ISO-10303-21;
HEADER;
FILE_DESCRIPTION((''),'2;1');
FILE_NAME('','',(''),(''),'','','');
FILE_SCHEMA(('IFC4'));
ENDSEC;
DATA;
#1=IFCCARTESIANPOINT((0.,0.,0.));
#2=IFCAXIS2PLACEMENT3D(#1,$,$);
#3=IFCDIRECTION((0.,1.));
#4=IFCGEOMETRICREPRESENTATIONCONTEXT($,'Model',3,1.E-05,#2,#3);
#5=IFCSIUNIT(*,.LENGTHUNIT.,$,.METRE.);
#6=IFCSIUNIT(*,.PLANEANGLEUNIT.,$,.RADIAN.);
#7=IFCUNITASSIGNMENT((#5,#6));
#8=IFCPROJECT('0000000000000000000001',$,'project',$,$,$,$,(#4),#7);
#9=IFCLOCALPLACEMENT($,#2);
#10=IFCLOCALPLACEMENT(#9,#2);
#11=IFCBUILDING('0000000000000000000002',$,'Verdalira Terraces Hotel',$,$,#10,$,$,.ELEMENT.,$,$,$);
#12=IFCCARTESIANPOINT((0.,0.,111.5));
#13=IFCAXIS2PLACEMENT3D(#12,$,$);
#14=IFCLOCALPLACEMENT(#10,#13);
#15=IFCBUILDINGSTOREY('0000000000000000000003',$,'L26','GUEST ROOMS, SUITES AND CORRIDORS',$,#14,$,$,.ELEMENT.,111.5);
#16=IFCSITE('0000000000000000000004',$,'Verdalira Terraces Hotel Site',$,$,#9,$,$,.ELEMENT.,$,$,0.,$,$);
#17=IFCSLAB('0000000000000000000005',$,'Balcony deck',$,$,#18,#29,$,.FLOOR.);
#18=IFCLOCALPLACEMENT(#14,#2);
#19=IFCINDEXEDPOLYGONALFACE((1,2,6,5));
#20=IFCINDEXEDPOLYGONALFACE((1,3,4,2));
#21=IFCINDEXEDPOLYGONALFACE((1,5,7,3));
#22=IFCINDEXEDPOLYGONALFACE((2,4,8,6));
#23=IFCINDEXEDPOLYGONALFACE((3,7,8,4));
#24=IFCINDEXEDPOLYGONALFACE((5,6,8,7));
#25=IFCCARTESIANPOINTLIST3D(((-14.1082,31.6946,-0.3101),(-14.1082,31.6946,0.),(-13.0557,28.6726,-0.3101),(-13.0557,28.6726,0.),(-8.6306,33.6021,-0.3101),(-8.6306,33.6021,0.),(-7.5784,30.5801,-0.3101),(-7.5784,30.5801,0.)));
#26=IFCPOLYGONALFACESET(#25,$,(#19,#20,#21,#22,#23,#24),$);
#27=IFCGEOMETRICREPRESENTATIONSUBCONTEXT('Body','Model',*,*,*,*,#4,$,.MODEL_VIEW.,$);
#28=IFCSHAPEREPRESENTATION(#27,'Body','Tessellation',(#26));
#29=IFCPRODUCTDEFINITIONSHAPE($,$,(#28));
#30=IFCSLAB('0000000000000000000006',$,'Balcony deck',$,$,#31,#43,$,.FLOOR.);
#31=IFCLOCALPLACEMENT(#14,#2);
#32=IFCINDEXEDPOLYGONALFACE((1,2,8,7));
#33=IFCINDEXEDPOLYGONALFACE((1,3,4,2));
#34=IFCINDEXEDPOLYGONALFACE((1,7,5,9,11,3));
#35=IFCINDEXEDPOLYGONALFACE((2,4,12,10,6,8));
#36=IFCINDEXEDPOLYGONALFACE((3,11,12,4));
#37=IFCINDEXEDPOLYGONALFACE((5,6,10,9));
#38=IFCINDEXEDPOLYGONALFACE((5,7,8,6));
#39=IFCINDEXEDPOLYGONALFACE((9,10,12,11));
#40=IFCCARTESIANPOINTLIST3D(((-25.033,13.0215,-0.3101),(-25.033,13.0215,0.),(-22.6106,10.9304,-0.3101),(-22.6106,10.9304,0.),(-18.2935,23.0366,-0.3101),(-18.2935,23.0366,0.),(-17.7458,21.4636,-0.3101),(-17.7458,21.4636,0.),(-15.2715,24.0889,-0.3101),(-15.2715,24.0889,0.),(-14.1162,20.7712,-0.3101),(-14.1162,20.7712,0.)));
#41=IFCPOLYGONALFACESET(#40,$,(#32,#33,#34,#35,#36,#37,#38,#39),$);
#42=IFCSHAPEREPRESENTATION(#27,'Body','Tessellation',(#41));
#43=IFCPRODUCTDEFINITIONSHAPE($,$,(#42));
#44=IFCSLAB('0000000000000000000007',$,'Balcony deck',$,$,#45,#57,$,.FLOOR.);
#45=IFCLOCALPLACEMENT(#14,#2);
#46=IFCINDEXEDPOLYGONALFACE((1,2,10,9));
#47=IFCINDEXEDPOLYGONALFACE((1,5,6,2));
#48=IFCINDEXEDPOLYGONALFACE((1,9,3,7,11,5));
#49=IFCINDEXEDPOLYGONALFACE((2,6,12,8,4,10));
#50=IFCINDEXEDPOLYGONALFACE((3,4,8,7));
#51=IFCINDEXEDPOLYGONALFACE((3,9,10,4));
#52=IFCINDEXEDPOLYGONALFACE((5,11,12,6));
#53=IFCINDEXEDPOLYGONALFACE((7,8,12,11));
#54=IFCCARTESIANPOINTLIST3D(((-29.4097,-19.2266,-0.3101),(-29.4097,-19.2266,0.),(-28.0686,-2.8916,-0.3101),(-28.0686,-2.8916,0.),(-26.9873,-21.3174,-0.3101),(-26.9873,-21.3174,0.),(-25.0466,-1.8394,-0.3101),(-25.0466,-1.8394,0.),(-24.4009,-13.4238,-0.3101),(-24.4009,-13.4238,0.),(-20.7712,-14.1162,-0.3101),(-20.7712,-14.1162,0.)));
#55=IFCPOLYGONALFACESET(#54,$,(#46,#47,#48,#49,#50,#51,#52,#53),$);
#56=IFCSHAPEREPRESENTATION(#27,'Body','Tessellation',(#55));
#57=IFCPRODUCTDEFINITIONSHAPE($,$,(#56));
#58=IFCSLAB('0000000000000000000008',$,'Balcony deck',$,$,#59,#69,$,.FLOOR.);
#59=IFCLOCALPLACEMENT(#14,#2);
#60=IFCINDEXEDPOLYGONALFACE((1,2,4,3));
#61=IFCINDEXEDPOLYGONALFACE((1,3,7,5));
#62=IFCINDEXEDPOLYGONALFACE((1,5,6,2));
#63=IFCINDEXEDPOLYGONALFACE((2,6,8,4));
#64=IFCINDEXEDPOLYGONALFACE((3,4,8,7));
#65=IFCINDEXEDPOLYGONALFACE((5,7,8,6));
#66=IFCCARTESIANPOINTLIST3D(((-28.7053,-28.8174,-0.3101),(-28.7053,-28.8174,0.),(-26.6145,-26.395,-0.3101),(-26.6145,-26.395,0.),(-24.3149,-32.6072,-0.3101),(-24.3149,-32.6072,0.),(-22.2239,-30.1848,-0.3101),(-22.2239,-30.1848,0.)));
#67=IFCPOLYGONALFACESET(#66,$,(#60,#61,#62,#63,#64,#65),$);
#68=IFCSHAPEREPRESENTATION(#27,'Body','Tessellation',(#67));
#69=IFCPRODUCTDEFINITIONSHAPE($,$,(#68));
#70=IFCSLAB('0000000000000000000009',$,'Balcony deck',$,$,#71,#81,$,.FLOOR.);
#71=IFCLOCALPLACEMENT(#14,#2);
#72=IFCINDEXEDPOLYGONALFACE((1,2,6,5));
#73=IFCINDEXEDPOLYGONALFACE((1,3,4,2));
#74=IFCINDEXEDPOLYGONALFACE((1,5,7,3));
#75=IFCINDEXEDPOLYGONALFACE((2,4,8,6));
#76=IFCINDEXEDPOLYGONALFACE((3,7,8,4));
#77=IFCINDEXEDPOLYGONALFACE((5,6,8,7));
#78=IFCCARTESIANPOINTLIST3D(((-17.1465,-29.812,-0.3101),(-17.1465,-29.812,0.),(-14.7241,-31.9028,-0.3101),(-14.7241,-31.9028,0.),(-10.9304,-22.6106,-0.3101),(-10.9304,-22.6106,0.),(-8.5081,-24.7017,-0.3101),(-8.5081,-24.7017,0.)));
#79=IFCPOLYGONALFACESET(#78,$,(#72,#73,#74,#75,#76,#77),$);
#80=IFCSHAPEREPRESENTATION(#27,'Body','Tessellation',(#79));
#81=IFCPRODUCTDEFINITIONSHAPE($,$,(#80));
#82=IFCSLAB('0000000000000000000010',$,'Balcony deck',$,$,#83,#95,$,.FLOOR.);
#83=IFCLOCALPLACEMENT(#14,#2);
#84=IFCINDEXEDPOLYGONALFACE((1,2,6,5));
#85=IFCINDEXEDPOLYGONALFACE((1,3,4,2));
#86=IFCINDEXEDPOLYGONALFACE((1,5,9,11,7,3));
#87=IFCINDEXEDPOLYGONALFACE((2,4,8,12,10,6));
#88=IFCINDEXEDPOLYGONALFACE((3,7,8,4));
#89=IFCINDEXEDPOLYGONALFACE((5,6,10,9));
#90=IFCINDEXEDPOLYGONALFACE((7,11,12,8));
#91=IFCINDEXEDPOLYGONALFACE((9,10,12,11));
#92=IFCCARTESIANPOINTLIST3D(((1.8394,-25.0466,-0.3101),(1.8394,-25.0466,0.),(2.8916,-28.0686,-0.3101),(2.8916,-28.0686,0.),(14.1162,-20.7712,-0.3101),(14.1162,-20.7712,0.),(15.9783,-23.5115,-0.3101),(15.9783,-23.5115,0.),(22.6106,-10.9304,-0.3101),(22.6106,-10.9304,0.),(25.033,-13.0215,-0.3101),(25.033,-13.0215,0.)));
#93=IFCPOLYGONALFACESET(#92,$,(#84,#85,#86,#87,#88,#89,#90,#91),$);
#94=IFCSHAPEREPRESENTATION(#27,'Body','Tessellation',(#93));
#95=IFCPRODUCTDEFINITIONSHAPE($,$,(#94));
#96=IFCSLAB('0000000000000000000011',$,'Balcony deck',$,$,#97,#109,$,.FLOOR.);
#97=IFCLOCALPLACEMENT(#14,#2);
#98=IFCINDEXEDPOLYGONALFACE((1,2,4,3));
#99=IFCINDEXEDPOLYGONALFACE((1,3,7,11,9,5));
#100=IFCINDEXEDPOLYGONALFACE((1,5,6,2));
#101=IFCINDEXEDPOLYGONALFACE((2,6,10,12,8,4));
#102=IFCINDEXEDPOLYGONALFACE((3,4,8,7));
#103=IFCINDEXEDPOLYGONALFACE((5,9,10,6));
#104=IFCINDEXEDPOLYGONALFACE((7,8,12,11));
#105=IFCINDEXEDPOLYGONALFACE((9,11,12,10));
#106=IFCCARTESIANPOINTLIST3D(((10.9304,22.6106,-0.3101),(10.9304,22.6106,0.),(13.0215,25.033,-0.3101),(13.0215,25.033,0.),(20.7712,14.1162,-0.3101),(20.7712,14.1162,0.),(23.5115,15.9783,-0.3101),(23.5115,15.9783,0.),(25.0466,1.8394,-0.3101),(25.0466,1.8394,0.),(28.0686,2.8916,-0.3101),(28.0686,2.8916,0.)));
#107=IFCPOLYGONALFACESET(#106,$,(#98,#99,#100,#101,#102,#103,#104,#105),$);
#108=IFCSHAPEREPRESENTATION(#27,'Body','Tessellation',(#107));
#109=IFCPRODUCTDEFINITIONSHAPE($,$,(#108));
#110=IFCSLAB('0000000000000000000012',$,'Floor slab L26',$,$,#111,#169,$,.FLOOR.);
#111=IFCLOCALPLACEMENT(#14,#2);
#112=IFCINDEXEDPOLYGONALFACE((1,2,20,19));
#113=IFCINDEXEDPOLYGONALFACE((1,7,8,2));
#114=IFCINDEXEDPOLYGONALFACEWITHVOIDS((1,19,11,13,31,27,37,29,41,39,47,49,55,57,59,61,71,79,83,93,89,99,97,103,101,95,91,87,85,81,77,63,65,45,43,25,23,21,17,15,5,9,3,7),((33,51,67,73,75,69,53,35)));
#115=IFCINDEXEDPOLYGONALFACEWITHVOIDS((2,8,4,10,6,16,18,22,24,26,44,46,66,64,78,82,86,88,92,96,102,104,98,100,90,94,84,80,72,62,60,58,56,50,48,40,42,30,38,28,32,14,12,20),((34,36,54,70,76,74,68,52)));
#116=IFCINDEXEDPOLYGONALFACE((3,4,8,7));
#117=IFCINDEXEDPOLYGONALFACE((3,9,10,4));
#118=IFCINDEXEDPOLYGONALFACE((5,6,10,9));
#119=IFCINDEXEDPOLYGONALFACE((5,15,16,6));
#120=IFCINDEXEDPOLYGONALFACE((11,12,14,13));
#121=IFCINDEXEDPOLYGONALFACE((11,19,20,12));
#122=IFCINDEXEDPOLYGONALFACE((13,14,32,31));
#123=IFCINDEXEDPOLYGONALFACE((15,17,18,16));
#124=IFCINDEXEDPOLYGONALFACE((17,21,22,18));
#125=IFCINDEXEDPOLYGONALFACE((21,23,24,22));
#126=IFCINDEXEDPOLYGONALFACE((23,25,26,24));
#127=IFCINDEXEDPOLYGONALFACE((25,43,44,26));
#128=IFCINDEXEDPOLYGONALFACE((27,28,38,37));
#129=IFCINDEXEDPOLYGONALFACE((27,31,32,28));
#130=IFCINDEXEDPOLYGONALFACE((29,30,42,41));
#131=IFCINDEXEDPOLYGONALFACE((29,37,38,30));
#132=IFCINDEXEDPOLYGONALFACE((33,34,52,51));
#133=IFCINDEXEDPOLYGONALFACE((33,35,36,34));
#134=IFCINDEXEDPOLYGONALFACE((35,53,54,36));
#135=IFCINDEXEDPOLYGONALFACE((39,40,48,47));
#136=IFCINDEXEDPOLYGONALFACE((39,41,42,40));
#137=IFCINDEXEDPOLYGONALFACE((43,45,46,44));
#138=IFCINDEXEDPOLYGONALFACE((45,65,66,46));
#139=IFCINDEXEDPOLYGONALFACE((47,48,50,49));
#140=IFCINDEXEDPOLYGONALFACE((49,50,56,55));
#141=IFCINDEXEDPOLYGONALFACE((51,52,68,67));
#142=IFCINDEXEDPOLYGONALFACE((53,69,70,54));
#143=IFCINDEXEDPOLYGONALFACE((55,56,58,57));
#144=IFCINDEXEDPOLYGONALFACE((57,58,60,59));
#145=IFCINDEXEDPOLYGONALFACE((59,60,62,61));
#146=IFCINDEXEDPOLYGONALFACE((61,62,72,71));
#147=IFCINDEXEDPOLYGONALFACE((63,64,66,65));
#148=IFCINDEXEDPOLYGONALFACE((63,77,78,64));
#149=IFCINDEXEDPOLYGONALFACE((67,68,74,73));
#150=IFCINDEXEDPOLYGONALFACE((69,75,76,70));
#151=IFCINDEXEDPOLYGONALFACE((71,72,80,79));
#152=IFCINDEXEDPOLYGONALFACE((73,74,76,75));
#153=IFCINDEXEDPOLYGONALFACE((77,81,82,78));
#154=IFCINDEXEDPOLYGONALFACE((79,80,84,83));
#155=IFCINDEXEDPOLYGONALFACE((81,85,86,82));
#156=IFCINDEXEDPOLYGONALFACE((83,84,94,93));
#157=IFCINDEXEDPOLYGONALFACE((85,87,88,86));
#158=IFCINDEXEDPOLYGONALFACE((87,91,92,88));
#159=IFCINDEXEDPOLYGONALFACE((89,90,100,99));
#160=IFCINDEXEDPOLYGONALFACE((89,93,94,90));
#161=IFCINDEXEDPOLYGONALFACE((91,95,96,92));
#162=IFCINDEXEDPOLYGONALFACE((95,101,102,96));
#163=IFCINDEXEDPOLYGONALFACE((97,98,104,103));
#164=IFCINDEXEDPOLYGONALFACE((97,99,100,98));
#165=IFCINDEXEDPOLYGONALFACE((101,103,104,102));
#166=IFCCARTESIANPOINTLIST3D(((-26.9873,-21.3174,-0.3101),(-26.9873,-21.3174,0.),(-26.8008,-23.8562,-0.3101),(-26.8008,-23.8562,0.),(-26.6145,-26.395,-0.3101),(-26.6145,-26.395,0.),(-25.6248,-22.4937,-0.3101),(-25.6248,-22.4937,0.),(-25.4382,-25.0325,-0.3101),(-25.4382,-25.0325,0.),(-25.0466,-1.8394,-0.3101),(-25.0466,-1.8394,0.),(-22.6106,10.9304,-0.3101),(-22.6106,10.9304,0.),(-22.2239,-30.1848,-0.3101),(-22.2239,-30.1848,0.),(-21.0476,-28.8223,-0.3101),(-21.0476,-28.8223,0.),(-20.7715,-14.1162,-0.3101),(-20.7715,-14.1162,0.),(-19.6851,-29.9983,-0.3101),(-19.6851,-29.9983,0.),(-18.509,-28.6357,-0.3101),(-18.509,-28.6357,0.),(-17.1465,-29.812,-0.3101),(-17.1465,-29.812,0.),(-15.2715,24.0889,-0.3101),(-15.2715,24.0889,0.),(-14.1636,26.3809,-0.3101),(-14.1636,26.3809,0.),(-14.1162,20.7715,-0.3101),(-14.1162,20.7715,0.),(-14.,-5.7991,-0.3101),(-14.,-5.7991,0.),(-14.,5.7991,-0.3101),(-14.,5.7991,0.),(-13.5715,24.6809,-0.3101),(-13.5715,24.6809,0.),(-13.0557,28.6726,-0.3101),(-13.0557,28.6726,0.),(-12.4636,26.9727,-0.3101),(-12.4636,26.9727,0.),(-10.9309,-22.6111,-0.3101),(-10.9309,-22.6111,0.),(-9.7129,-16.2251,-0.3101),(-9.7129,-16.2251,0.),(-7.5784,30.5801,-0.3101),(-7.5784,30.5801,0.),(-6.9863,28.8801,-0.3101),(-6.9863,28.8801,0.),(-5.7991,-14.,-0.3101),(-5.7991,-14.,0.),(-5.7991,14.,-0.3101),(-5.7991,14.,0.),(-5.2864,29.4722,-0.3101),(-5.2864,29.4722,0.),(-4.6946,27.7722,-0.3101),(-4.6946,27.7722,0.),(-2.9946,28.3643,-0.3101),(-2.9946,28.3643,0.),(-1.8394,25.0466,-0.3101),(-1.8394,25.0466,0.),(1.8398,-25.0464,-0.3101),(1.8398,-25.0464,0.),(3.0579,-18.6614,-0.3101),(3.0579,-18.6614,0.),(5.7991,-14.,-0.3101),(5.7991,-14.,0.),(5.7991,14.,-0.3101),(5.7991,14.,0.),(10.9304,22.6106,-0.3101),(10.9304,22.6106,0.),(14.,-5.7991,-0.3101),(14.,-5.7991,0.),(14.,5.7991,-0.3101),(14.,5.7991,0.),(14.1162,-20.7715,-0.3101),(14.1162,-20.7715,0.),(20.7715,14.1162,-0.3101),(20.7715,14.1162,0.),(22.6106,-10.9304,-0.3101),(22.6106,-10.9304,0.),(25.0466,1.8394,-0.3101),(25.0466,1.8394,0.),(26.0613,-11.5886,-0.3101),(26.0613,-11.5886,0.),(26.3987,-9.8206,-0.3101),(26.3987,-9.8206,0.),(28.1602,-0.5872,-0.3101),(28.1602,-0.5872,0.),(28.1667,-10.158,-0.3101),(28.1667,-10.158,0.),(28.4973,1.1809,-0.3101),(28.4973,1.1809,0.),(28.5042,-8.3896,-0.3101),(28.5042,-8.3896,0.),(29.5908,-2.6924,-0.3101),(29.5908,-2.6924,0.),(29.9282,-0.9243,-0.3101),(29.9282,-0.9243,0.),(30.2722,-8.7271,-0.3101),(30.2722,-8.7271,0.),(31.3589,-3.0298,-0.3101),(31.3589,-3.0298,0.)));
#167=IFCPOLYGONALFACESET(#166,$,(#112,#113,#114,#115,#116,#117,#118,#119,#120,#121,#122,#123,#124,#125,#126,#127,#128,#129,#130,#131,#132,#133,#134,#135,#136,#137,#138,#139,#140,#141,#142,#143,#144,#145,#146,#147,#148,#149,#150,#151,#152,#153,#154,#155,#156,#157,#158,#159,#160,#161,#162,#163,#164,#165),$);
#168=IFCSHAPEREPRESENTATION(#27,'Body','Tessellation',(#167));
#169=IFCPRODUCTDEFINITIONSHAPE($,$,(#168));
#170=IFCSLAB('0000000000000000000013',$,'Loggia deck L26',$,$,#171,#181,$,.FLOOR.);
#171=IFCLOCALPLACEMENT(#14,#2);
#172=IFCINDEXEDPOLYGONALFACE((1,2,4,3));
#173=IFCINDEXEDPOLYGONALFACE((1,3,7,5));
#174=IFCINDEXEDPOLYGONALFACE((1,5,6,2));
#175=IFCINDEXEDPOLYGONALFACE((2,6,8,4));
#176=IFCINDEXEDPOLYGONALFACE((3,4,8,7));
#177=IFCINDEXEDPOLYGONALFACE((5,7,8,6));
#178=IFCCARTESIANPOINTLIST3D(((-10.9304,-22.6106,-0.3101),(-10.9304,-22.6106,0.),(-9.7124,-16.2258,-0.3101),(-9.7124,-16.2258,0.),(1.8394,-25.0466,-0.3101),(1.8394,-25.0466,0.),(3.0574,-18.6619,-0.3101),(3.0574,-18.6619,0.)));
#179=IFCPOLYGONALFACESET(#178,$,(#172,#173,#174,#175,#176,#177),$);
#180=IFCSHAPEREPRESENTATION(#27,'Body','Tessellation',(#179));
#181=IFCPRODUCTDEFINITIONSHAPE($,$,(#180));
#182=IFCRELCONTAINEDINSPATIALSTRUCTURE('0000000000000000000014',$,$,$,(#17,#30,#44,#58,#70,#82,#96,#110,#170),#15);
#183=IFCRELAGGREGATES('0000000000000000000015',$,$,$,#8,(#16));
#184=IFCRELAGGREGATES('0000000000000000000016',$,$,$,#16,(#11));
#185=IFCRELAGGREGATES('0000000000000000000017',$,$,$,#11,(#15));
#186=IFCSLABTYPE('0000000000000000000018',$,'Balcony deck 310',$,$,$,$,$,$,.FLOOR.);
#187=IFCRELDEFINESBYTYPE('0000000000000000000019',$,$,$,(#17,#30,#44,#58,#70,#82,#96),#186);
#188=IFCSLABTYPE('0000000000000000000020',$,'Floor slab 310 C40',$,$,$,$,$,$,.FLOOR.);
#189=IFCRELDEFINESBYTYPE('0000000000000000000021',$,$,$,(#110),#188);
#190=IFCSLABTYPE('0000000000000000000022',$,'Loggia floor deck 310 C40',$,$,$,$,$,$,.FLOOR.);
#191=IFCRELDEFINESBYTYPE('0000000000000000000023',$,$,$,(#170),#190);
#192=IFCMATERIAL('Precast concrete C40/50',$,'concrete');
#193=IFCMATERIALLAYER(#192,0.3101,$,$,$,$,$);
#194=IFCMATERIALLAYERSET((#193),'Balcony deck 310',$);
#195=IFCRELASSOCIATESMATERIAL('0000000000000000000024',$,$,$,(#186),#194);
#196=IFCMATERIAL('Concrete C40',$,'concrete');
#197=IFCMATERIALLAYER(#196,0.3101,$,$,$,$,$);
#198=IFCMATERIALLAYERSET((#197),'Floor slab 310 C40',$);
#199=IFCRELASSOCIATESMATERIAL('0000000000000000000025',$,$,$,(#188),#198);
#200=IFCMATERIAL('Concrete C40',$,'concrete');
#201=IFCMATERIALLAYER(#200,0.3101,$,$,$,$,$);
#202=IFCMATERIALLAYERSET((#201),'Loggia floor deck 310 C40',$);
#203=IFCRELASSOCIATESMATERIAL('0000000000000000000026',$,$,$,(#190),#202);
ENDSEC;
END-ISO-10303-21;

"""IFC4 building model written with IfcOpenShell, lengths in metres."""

from ifc_helpers import new_model, si_unit, direction, frame, origin, place, context, subcontext, project, spatial, polyline, outline, extrude, material, layer, layer_set, type_object, element, save


model = new_model("IFC4")

# Units and contexts
model_context = context("Model", 3, precision=1e-05, world=origin(), true_north=direction((0.0, 1.0)))
body_context = subcontext(model_context, "Body", "Model", "MODEL_VIEW")
ifc_project = project(units=[si_unit("LENGTHUNIT", "METRE"), si_unit("PLANEANGLEUNIT", "RADIAN")], contexts=[model_context])

# Site, building, storey
site_placement = place(None, origin())
site = spatial("IfcSite", under=ifc_project, at=site_placement, Name="Verdalira Terraces Hotel Site", CompositionType="ELEMENT", RefElevation=0.0)
building_placement = place(site_placement, origin())
building = spatial("IfcBuilding", under=site, at=building_placement, Name="Verdalira Terraces Hotel", CompositionType="ELEMENT")
storey_placement = place(building_placement, frame((0.0, 0.0, 111.5)))
storey = spatial("IfcBuildingStorey", under=building, at=storey_placement, Name="L26", Description="GUEST ROOMS, SUITES AND CORRIDORS", CompositionType="ELEMENT", Elevation=111.5)

# Slabs
ifc_material_1 = material(Name="Precast concrete C40/50", Category="concrete")
ifc_layer_1 = layer(ifc_material_1, 0.3101)
ifc_layer_set_1 = layer_set([ifc_layer_1], Name="Balcony deck 310")
slab_type_1 = type_object("IfcSlabType", Name="Balcony deck 310", PredefinedType="FLOOR", material=ifc_layer_set_1)
slab_1_placement = place(storey_placement, frame((0.0, 0.0, -0.3101)))
element("IfcSlab", 1, at=slab_1_placement, inside=storey, type_object=slab_type_1, Name="Balcony deck", PredefinedType="FLOOR", context=body_context, shape_type="SweptSolid", body=[
    extrude(outline(polyline([(-14.1082, 31.6946), (-13.0557, 28.6726), (-7.5784, 30.5801), (-8.6306, 33.6021), (-14.1082, 31.6946)])), origin(), (0.0, 0.0, 1.0), 0.3101),
])
slab_2_placement = place(storey_placement, frame((0.0, 0.0, -0.3101)))
element("IfcSlab", 2, at=slab_2_placement, inside=storey, type_object=slab_type_1, Name="Balcony deck", PredefinedType="FLOOR", context=body_context, shape_type="SweptSolid", body=[
    extrude(outline(polyline([(-17.7459, 21.4636), (-25.033, 13.0215), (-22.6106, 10.9304), (-14.1162, 20.7712), (-15.2715, 24.0889), (-18.2935, 23.0366), (-17.7459, 21.4636)])), origin(), (0.0, 0.0, 1.0), 0.3101),
])
slab_3_placement = place(storey_placement, frame((0.0, 0.0, -0.3101)))
element("IfcSlab", 3, at=slab_3_placement, inside=storey, type_object=slab_type_1, Name="Balcony deck", PredefinedType="FLOOR", context=body_context, shape_type="SweptSolid", body=[
    extrude(outline(polyline([(-24.4009, -13.4238), (-29.4097, -19.2266), (-26.9873, -21.3174), (-20.7712, -14.1162), (-25.0466, -1.8394), (-28.0686, -2.8916), (-24.4009, -13.4238)])), origin(), (0.0, 0.0, 1.0), 0.3101),
])
slab_4_placement = place(storey_placement, frame((0.0, 0.0, -0.3101)))
element("IfcSlab", 4, at=slab_4_placement, inside=storey, type_object=slab_type_1, Name="Balcony deck", PredefinedType="FLOOR", context=body_context, shape_type="SweptSolid", body=[
    extrude(outline(polyline([(-24.3149, -32.6072), (-22.2239, -30.1848), (-26.6145, -26.395), (-28.7053, -28.8174), (-24.3149, -32.6072)])), origin(), (0.0, 0.0, 1.0), 0.3101),
])
slab_5_placement = place(storey_placement, frame((0.0, 0.0, -0.3101)))
element("IfcSlab", 5, at=slab_5_placement, inside=storey, type_object=slab_type_1, Name="Balcony deck", PredefinedType="FLOOR", context=body_context, shape_type="SweptSolid", body=[
    extrude(outline(polyline([(-8.5081, -24.7017), (-10.9304, -22.6106), (-17.1465, -29.812), (-14.7241, -31.9028), (-8.5081, -24.7017)])), origin(), (0.0, 0.0, 1.0), 0.3101),
])
slab_6_placement = place(storey_placement, frame((0.0, 0.0, -0.3101)))
element("IfcSlab", 6, at=slab_6_placement, inside=storey, type_object=slab_type_1, Name="Balcony deck", PredefinedType="FLOOR", context=body_context, shape_type="SweptSolid", body=[
    extrude(outline(polyline([(25.033, -13.0215), (22.6106, -10.9304), (14.1162, -20.7712), (1.8394, -25.0466), (2.8916, -28.0686), (15.9783, -23.5115), (25.033, -13.0215)])), origin(), (0.0, 0.0, 1.0), 0.3101),
])
slab_7_placement = place(storey_placement, frame((0.0, 0.0, -0.3101)))
element("IfcSlab", 7, at=slab_7_placement, inside=storey, type_object=slab_type_1, Name="Balcony deck", PredefinedType="FLOOR", context=body_context, shape_type="SweptSolid", body=[
    extrude(outline(polyline([(13.0215, 25.033), (10.9304, 22.6106), (20.7712, 14.1162), (25.0466, 1.8394), (28.0686, 2.8916), (23.5115, 15.9783), (13.0215, 25.033)])), origin(), (0.0, 0.0, 1.0), 0.3101),
])
ifc_material_2 = material(Name="Concrete C40", Category="concrete")
ifc_layer_2 = layer(ifc_material_2, 0.3101)
ifc_layer_set_2 = layer_set([ifc_layer_2], Name="Floor slab 310 C40")
slab_type_2 = type_object("IfcSlabType", Name="Floor slab 310 C40", PredefinedType="FLOOR", material=ifc_layer_set_2)
slab_8_placement = place(storey_placement, frame((0.0, 0.0, -0.3101)))
element("IfcSlab", 8, at=slab_8_placement, inside=storey, type_object=slab_type_2, Name="Floor slab L26", PredefinedType="FLOOR", context=body_context, shape_type="SweptSolid", body=[
    extrude(outline(polyline([(-18.509, -28.6357), (-17.1465, -29.812), (-10.9309, -22.6111), (-10.9309, -22.6111), (-9.7129, -16.2251), (3.0579, -18.6614), (1.8398, -25.0464), (14.1162, -20.7715), (22.6106, -10.9304), (26.0613, -11.5886), (26.3987, -9.8206), (28.1667, -10.158), (28.5041, -8.3896), (30.2722, -8.7271), (31.3589, -3.0298), (29.5908, -2.6924), (29.9282, -0.9243), (28.1602, -0.5872), (28.4973, 1.1809), (25.0466, 1.8394), (20.7715, 14.1162), (10.9304, 22.6106), (-1.8394, 25.0466), (-2.9946, 28.3643), (-4.6946, 27.7722), (-5.2864, 29.4722), (-6.9863, 28.8801), (-7.5784, 30.5801), (-13.0557, 28.6726), (-12.4636, 26.9727), (-14.1636, 26.3809), (-13.5715, 24.6809), (-15.2715, 24.0889), (-14.1162, 20.7715), (-22.6106, 10.9304), (-25.0466, -1.8394), (-20.7715, -14.1162), (-26.9873, -21.3174), (-25.6248, -22.4937), (-26.8008, -23.8562), (-25.4382, -25.0325), (-26.6145, -26.395), (-22.2239, -30.1848), (-21.0476, -28.8223), (-19.6851, -29.9983), (-18.509, -28.6357)]), holes=[polyline([(5.7991, 14.0), (14.0, 5.7991), (14.0, -5.7991), (5.7991, -14.0), (-5.7991, -14.0), (-14.0, -5.7991), (-14.0, 5.7991), (-5.7991, 14.0), (5.7991, 14.0)])]), origin(), (0.0, 0.0, 1.0), 0.3101),
])
ifc_material_3 = material(Name="Concrete C40", Category="concrete")
ifc_layer_3 = layer(ifc_material_3, 0.3101)
ifc_layer_set_3 = layer_set([ifc_layer_3], Name="Loggia floor deck 310 C40")
slab_type_3 = type_object("IfcSlabType", Name="Loggia floor deck 310 C40", PredefinedType="FLOOR", material=ifc_layer_set_3)
slab_9_placement = place(storey_placement, frame((0.0, 0.0, -0.3101)))
element("IfcSlab", 9, at=slab_9_placement, inside=storey, type_object=slab_type_3, Name="Loggia deck L26", PredefinedType="FLOOR", context=body_context, shape_type="SweptSolid", body=[
    extrude(outline(polyline([(-9.7124, -16.2258), (-10.9304, -22.6106), (1.8394, -25.0466), (3.0574, -18.6619), (-9.7124, -16.2258)])), origin(), (0.0, 0.0, 1.0), 0.3101),
])

save(model, "model.ifc")
